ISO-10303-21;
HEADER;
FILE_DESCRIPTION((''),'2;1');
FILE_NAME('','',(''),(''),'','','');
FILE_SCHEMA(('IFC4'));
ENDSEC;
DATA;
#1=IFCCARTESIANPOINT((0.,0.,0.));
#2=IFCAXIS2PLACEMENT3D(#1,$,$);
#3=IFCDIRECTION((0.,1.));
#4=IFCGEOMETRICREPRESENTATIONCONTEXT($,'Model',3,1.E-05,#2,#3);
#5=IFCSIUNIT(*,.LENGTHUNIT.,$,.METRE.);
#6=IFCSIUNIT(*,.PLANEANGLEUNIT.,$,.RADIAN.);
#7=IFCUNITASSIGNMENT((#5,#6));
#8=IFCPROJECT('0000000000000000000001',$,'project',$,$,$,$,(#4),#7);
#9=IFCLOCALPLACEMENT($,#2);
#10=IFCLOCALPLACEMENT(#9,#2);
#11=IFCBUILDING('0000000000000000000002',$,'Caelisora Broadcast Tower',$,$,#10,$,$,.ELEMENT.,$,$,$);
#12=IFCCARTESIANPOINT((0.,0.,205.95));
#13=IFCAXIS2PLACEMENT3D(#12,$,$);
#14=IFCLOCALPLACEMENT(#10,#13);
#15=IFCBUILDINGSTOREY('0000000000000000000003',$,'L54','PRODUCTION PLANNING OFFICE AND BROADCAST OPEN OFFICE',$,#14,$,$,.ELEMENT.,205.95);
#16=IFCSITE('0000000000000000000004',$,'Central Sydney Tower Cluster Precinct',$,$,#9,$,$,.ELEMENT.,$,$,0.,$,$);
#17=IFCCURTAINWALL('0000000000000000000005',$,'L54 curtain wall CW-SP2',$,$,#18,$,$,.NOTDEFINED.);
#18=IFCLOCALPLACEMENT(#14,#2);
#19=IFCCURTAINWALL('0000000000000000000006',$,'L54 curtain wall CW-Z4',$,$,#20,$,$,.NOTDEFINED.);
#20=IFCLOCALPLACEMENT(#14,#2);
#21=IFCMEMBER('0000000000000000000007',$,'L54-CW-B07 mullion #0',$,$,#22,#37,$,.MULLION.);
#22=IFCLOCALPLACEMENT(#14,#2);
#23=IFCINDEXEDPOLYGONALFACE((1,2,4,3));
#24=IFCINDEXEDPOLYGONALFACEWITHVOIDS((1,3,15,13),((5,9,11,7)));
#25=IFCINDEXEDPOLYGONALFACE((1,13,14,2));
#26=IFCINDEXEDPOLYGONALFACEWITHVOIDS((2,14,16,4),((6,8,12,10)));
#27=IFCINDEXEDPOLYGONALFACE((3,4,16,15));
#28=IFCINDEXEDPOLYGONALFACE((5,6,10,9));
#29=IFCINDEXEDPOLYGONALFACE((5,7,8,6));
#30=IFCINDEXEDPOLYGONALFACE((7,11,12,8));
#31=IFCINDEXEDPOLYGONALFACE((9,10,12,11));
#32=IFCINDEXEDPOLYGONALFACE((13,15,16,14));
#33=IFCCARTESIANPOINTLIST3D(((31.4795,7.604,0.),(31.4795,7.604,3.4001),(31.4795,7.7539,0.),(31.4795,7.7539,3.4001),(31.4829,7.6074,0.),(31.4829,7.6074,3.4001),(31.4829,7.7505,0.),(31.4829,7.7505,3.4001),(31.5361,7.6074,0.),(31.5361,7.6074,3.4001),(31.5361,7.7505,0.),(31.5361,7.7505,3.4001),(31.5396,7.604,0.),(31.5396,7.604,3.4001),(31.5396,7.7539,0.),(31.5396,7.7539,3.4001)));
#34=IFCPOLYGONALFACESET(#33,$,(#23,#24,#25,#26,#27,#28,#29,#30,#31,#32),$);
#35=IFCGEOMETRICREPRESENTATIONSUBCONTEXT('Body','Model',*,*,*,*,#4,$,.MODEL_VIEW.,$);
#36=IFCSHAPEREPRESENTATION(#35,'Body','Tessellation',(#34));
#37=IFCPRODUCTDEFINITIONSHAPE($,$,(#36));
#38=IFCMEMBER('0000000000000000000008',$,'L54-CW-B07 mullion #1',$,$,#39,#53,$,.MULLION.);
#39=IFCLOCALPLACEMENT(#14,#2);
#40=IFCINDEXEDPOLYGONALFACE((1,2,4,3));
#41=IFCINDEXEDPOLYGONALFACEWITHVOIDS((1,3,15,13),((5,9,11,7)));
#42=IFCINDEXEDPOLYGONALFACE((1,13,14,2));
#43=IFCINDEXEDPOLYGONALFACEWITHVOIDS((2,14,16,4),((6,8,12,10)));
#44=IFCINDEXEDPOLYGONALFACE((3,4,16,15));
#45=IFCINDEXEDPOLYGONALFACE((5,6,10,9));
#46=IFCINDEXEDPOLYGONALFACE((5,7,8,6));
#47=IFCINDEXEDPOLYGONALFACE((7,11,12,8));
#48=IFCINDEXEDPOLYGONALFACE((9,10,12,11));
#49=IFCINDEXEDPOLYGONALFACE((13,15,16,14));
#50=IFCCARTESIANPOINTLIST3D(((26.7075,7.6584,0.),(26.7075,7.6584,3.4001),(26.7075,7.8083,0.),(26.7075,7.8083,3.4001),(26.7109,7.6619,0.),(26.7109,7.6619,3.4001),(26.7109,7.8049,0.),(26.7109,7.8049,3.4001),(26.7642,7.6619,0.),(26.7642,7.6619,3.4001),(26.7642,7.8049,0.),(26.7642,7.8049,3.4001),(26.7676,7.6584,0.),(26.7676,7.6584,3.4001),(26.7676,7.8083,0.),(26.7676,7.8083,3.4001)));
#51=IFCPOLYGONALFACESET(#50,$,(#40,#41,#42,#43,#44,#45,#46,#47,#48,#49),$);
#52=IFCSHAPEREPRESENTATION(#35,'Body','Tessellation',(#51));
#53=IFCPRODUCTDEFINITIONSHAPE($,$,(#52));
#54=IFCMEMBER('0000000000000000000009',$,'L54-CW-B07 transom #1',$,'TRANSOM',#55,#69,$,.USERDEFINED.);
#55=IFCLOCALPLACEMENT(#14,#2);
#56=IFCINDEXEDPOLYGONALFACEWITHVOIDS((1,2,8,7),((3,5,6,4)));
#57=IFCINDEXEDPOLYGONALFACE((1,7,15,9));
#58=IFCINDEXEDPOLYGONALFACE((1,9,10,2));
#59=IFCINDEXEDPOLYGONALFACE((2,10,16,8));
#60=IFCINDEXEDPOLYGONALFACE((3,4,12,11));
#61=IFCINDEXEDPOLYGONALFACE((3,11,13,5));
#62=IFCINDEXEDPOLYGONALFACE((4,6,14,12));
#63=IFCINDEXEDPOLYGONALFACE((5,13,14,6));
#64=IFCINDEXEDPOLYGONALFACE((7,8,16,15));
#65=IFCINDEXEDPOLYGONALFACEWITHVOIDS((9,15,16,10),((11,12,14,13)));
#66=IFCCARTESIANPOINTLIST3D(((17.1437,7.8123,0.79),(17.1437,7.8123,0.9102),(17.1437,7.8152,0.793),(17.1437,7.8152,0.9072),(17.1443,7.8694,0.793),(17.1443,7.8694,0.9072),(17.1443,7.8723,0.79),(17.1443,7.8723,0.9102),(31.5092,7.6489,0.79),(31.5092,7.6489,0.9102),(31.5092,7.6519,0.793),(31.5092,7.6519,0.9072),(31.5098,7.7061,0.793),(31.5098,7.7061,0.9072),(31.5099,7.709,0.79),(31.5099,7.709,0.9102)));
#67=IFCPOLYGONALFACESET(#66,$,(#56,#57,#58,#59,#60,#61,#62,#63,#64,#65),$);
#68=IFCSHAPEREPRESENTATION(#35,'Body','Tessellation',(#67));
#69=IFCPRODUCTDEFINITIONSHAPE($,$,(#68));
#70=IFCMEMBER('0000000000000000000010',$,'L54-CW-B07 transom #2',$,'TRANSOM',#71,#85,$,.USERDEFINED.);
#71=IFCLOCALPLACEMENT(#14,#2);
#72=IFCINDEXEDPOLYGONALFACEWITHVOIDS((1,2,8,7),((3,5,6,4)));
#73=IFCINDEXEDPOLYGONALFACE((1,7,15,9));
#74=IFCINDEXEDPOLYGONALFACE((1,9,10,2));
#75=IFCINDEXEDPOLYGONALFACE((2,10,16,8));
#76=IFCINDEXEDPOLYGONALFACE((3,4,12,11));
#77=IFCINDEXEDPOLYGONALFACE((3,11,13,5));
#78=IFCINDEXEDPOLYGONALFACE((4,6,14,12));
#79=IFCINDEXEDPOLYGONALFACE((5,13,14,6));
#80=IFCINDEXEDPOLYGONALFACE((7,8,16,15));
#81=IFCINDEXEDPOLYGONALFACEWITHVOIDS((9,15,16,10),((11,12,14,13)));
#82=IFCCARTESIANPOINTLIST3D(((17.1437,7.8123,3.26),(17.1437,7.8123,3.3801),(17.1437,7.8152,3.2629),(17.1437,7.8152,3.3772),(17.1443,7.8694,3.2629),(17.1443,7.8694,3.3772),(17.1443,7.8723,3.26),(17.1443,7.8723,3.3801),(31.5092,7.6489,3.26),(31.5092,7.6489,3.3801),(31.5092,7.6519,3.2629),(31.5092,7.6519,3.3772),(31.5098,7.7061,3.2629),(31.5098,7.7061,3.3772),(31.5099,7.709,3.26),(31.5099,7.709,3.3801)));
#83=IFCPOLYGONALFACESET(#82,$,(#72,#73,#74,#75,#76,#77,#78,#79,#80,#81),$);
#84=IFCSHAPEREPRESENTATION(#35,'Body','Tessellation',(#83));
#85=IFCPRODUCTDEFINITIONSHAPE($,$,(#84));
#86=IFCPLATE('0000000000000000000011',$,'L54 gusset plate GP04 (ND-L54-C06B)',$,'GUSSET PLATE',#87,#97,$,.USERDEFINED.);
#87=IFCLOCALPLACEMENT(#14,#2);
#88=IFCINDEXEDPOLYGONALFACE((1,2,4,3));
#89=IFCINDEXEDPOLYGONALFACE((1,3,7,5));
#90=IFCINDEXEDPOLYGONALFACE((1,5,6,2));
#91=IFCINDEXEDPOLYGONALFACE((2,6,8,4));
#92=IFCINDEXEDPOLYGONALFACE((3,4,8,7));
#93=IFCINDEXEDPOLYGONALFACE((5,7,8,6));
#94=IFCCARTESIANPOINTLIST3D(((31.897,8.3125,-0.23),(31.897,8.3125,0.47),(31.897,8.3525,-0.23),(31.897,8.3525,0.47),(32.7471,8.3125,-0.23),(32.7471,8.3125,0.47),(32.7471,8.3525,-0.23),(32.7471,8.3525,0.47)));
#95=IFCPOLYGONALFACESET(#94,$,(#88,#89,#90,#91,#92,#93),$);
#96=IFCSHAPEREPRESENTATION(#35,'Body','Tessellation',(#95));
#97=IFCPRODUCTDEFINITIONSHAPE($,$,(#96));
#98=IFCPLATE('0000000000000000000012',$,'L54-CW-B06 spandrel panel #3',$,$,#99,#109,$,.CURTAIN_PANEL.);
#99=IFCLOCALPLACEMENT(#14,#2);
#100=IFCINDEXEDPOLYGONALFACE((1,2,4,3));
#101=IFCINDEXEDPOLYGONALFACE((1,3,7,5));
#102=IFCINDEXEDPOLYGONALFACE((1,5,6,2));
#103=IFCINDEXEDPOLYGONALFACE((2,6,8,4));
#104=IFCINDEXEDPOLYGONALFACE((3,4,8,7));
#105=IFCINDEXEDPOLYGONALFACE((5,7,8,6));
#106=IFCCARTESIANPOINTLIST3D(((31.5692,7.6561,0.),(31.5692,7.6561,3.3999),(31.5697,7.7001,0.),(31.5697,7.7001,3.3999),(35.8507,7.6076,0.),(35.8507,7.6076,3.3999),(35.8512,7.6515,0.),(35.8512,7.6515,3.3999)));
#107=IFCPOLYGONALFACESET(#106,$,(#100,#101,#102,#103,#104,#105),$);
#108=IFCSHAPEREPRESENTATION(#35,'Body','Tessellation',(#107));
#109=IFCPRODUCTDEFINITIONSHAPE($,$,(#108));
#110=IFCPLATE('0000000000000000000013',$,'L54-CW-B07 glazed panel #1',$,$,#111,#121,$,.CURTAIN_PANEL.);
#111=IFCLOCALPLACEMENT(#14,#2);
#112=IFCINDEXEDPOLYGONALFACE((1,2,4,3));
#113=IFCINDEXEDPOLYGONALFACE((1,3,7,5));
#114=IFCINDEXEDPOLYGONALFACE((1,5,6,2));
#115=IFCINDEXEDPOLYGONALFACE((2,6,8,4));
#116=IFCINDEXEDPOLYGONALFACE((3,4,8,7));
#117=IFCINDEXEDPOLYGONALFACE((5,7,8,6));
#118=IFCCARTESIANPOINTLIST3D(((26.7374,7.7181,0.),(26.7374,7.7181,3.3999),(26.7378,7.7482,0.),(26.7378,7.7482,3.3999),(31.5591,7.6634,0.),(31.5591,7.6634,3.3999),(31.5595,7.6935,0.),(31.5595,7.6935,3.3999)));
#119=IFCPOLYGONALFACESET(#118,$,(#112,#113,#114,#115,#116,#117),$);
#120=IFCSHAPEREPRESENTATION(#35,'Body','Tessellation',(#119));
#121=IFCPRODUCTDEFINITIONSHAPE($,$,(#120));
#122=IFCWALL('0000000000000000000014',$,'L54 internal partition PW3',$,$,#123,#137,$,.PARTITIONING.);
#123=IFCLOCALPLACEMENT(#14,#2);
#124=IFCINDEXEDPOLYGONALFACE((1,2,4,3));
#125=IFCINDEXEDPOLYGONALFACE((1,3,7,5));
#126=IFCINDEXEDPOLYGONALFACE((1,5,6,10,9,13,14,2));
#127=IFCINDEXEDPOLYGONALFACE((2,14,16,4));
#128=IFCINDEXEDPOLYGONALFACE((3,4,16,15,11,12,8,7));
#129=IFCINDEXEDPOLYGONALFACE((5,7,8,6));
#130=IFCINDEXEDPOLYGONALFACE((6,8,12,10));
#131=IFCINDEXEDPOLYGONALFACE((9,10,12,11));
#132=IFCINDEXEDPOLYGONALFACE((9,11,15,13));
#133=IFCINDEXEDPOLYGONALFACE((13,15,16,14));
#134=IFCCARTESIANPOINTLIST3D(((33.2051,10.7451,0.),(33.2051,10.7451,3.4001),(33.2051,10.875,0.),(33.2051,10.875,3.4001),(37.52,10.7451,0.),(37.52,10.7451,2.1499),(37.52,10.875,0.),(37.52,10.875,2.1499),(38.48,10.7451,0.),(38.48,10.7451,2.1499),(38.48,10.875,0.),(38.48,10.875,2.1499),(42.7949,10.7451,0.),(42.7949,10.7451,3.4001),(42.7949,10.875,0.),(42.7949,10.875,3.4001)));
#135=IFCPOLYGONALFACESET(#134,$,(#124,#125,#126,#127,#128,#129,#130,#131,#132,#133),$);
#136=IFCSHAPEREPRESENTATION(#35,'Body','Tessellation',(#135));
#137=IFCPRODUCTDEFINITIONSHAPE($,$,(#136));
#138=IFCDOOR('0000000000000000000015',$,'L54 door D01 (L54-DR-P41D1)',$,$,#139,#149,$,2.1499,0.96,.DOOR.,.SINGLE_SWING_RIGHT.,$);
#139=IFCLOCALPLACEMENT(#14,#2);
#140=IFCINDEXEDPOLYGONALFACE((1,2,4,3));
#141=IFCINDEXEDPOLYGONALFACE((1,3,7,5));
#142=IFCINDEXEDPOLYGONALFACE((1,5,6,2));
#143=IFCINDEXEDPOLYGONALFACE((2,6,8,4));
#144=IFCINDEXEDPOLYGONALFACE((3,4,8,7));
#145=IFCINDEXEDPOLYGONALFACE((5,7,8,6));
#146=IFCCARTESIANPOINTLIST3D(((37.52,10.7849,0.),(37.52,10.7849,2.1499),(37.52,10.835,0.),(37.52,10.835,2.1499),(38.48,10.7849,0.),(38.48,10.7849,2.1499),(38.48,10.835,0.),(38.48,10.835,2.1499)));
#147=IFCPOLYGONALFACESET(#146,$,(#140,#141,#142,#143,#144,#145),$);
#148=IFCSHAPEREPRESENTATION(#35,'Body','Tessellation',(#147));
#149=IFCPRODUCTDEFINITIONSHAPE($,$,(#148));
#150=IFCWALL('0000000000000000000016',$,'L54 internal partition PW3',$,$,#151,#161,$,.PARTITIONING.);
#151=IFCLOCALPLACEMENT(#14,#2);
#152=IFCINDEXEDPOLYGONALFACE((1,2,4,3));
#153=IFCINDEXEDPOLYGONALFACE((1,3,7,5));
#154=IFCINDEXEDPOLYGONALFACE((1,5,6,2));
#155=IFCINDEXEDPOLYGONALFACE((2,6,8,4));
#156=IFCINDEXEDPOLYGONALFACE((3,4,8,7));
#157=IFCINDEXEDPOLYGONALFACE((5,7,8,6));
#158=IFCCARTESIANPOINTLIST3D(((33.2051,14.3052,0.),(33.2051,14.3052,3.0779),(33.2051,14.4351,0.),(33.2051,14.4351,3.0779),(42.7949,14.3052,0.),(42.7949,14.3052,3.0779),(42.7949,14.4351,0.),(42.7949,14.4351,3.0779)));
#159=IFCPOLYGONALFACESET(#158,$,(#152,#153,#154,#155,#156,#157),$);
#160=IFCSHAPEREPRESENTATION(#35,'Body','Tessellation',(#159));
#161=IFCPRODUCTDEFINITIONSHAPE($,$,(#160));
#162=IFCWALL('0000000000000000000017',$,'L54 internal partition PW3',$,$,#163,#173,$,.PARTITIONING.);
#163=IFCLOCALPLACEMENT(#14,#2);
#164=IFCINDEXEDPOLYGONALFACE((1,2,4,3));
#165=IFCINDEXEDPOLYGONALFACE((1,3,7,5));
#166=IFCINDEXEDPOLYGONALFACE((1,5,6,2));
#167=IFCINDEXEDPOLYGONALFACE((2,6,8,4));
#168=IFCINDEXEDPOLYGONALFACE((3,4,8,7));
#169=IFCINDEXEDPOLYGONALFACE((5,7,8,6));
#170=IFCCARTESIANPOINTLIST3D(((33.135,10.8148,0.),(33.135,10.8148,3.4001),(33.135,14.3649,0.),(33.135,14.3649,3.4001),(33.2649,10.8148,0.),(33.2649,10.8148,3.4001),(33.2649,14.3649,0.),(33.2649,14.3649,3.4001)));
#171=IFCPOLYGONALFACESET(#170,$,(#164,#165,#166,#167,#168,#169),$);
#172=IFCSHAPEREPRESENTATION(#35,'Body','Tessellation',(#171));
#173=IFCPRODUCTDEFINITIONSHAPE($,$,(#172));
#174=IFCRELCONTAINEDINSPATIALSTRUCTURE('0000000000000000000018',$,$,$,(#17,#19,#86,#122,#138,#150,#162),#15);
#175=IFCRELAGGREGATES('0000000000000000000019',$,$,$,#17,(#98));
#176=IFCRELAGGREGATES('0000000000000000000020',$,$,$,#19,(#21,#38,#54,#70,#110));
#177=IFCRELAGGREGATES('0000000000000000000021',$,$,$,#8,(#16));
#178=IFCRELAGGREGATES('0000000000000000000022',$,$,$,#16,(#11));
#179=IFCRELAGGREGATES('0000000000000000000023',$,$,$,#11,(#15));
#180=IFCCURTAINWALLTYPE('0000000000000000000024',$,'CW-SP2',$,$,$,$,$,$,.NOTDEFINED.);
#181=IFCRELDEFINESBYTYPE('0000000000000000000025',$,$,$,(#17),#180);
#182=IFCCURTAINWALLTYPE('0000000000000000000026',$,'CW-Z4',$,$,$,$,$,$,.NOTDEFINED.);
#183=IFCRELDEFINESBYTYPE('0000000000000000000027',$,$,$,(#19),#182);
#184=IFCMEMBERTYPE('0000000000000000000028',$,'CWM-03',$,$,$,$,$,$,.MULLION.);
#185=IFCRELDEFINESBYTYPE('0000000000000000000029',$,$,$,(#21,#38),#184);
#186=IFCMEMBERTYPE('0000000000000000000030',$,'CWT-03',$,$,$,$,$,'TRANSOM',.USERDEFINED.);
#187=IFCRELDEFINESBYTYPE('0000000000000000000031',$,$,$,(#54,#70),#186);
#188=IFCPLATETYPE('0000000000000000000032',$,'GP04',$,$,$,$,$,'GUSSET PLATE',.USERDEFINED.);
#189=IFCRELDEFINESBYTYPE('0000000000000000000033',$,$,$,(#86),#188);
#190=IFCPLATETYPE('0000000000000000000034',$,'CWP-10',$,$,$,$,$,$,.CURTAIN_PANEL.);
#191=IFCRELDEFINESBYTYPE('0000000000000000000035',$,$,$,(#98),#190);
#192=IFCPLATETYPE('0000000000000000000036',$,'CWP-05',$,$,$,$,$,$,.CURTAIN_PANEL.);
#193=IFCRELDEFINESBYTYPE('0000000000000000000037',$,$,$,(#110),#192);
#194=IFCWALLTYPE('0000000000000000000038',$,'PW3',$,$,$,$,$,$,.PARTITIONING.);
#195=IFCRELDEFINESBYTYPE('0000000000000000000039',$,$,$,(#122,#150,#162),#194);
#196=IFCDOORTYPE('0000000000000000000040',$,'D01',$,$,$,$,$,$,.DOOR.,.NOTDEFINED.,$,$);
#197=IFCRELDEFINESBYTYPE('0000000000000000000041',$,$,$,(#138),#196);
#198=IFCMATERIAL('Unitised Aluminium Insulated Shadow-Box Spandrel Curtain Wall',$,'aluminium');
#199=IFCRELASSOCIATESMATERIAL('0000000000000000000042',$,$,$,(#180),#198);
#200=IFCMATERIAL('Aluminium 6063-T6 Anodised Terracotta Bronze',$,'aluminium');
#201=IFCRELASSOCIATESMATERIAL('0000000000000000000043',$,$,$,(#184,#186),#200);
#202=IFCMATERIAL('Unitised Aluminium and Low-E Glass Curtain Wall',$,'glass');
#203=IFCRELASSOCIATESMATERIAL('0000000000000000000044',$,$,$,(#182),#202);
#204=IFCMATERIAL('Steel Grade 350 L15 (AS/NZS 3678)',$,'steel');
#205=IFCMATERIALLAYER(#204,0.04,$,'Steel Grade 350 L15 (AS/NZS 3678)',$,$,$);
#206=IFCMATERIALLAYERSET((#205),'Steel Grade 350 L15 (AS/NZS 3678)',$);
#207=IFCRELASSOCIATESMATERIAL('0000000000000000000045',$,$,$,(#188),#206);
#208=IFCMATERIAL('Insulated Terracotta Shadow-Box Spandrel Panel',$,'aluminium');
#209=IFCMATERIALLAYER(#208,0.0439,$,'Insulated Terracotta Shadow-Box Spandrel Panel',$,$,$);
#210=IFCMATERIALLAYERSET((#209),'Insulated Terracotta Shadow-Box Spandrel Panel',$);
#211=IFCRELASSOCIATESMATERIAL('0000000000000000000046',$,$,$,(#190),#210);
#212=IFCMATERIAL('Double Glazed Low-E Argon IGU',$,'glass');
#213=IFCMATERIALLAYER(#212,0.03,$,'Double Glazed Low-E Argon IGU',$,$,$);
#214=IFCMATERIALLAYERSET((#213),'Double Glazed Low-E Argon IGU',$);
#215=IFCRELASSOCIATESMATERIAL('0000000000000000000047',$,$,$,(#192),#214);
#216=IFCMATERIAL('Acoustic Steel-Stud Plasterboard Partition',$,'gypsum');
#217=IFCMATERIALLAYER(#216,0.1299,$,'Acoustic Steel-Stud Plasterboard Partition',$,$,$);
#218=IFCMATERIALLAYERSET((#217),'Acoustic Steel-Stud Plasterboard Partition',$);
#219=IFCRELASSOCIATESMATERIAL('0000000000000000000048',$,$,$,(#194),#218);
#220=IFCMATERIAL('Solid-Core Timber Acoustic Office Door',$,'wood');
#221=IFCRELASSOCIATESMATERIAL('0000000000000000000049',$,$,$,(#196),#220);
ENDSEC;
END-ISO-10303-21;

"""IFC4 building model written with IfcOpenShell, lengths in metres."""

from ifc_helpers import new_model, si_unit, direction, frame, frame_2d, origin, origin_2d, place, context, subcontext, project, spatial, rectangle, hollow_rectangle, extrude, source, transform, mapped, material, layer, layer_set, material_profile, profile_set, type_object, type_shapes, element, fill, aggregate, save


model = new_model("IFC4")

# Units and contexts
model_context = context("Model", 3, precision=1e-05, world=origin(), true_north=direction((0.0, 1.0)))
body_context = subcontext(model_context, "Body", "Model", "MODEL_VIEW")
ifc_project = project(units=[si_unit("LENGTHUNIT", "METRE"), si_unit("PLANEANGLEUNIT", "RADIAN")], contexts=[model_context])

# Site, building, storey
site_placement = place(None, origin())
site = spatial("IfcSite", under=ifc_project, at=site_placement, Name="Central Sydney Tower Cluster Precinct", CompositionType="ELEMENT", RefElevation=0.0)
building_placement = place(site_placement, origin())
building = spatial("IfcBuilding", under=site, at=building_placement, Name="Caelisora Broadcast Tower", CompositionType="ELEMENT")
storey_placement = place(building_placement, frame((0.0, 0.0, 205.95)))
storey = spatial("IfcBuildingStorey", under=building, at=storey_placement, Name="L54", Description="PRODUCTION PLANNING OFFICE AND BROADCAST OPEN OFFICE", CompositionType="ELEMENT", Elevation=205.95)

# Shared definitions
ifc_material_1 = material(Name="Steel Grade 350 L15 (AS/NZS 3678)", Category="steel")

# Curtain walls, members
ifc_material_2 = material(Name="Unitised Aluminium Insulated Shadow-Box Spandrel Curtain Wall", Category="aluminium")
curtain_wall_type_1 = type_object("IfcCurtainWallType", Name="CW-SP2", PredefinedType="NOTDEFINED", material=ifc_material_2)
curtain_wall_1_placement = place(storey_placement, origin())
curtain_wall_1 = element("IfcCurtainWall", 1, at=curtain_wall_1_placement, inside=storey, type_object=curtain_wall_type_1, Name="L54 curtain wall CW-SP2", PredefinedType="NOTDEFINED")
ifc_material_3 = material(Name="Aluminium 6063-T6 Anodised Terracotta Bronze", Category="aluminium")
ifc_material_profile_1 = material_profile(ifc_material_3, hollow_rectangle(XDim=0.0601, YDim=0.1499, WallThickness=0.0034, at=origin_2d()), Name="Aluminium 6063-T6 Anodised Terracotta Bronze")
ifc_profile_set_1 = profile_set([ifc_material_profile_1], Name="Aluminium 6063-T6 Anodised Terracotta Bronze")
member_type_1 = type_object("IfcMemberType", Name="CWM-03", PredefinedType="MULLION", material=ifc_profile_set_1)
shared_shape_1 = source(origin(), body_context, "Body", "SweptSolid", [
    extrude(hollow_rectangle(XDim=0.0601, YDim=0.1499, WallThickness=0.0034, at=origin_2d()), origin(), (0.0, 0.0, 1.0), 3.4001),
])
type_shapes(member_type_1, [shared_shape_1])
ifc_material_4 = material(Name="Unitised Aluminium and Low-E Glass Curtain Wall", Category="glass")
curtain_wall_type_2 = type_object("IfcCurtainWallType", Name="CW-Z4", PredefinedType="NOTDEFINED", material=ifc_material_4)
curtain_wall_2_placement = place(storey_placement, origin())
curtain_wall_2 = element("IfcCurtainWall", 2, at=curtain_wall_2_placement, inside=storey, type_object=curtain_wall_type_2, Name="L54 curtain wall CW-Z4", PredefinedType="NOTDEFINED")
member_1_placement = place(storey_placement, frame((31.5095, 7.679, 0.0), z_axis=(0.0, 0.0, 1.0), x_axis=(1.0, 0.0, 0.0)))
member_1 = element("IfcMember", 3, at=member_1_placement, type_object=member_type_1, Name="L54-CW-B07 mullion #0", PredefinedType="MULLION", context=body_context, shape_type="MappedRepresentation", body=[
    mapped(shared_shape_1, transform((0.0, 0.0, 0.0), scale=1.0)),
])
member_2_placement = place(storey_placement, frame((26.7375, 7.7334, 0.0), z_axis=(0.0, 0.0, 1.0), x_axis=(1.0, 0.0, 0.0)))
member_2 = element("IfcMember", 4, at=member_2_placement, type_object=member_type_1, Name="L54-CW-B07 mullion #1", PredefinedType="MULLION", context=body_context, shape_type="MappedRepresentation", body=[
    mapped(shared_shape_1, transform((0.0, 0.0, 0.0), scale=1.0)),
])
ifc_material_profile_2 = material_profile(ifc_material_3, hollow_rectangle(XDim=0.0601, YDim=0.1201, WallThickness=0.0029, at=origin_2d()), Name="Aluminium 6063-T6 Anodised Terracotta Bronze")
ifc_profile_set_2 = profile_set([ifc_material_profile_2], Name="Aluminium 6063-T6 Anodised Terracotta Bronze")
member_type_2 = type_object("IfcMemberType", Name="CWT-03", ElementType="TRANSOM", PredefinedType="USERDEFINED", material=ifc_profile_set_2)
shared_shape_2 = source(origin(), body_context, "Body", "SweptSolid", [
    extrude(hollow_rectangle(XDim=0.0601, YDim=0.1201, WallThickness=0.0029, at=origin_2d()), origin(), (0.0, 0.0, 1.0), 14.3665),
])
type_shapes(member_type_2, [shared_shape_2])
member_3_placement = place(storey_placement, frame((31.5095, 7.679, 0.8501), z_axis=(-0.999935, 0.011369, 0.0), x_axis=(-0.011369, -0.999935, 0.0)))
member_3 = element("IfcMember", 5, at=member_3_placement, type_object=member_type_2, Name="L54-CW-B07 transom #1", ObjectType="TRANSOM", PredefinedType="USERDEFINED", context=body_context, shape_type="MappedRepresentation", body=[
    mapped(shared_shape_2, transform((0.0, 0.0, 0.0), scale=1.0)),
])
member_4_placement = place(storey_placement, frame((31.5095, 7.679, 3.3201), z_axis=(-0.999935, 0.011369, 0.0), x_axis=(-0.011369, -0.999935, 0.0)))
member_4 = element("IfcMember", 6, at=member_4_placement, type_object=member_type_2, Name="L54-CW-B07 transom #2", ObjectType="TRANSOM", PredefinedType="USERDEFINED", context=body_context, shape_type="MappedRepresentation", body=[
    mapped(shared_shape_2, transform((0.0, 0.0, 0.0), scale=1.0)),
])

# Plates
ifc_layer_1 = layer(ifc_material_1, 0.04, Name="Steel Grade 350 L15 (AS/NZS 3678)")
ifc_layer_set_1 = layer_set([ifc_layer_1], Name="Steel Grade 350 L15 (AS/NZS 3678)")
plate_type_1 = type_object("IfcPlateType", Name="GP04", ElementType="GUSSET PLATE", PredefinedType="USERDEFINED", material=ifc_layer_set_1)
shared_shape_3 = source(origin(), body_context, "Body", "SweptSolid", [
    extrude(rectangle(XDim=0.8501, YDim=0.04, at=origin_2d()), origin(), (0.0, 0.0, 1.0), 0.7),
])
type_shapes(plate_type_1, [shared_shape_3])
plate_1_placement = place(storey_placement, frame((32.322, 8.3325, -0.23), z_axis=(0.0, 0.0, 1.0), x_axis=(1.0, 0.0, 0.0)))
element("IfcPlate", 7, at=plate_1_placement, inside=storey, type_object=plate_type_1, Name="L54 gusset plate GP04 (ND-L54-C06B)", ObjectType="GUSSET PLATE", PredefinedType="USERDEFINED", context=body_context, shape_type="MappedRepresentation", body=[
    mapped(shared_shape_3, transform((0.0, 0.0, 0.0), scale=1.0)),
])
ifc_material_5 = material(Name="Insulated Terracotta Shadow-Box Spandrel Panel", Category="aluminium")
ifc_layer_2 = layer(ifc_material_5, 0.0439, Name="Insulated Terracotta Shadow-Box Spandrel Panel")
ifc_layer_set_2 = layer_set([ifc_layer_2], Name="Insulated Terracotta Shadow-Box Spandrel Panel")
plate_type_2 = type_object("IfcPlateType", Name="CWP-10", PredefinedType="CURTAIN_PANEL", material=ifc_layer_set_2)
shared_shape_4 = source(origin(), body_context, "Body", "SweptSolid", [
    extrude(rectangle(XDim=4.2817, YDim=0.0439, at=origin_2d()), origin(), (0.0, 0.0, 1.0), 3.3999),
])
type_shapes(plate_type_2, [shared_shape_4])
plate_2_placement = place(storey_placement, frame((33.7102, 7.6538, 0.0), z_axis=(0.0, 0.0, 1.0), x_axis=(-0.999936, 0.011344, 0.0)))
plate_2 = element("IfcPlate", 8, at=plate_2_placement, type_object=plate_type_2, Name="L54-CW-B06 spandrel panel #3", PredefinedType="CURTAIN_PANEL", context=body_context, shape_type="MappedRepresentation", body=[
    mapped(shared_shape_4, transform((0.0, 0.0, 0.0), scale=1.0)),
])
aggregate(curtain_wall_1, [plate_2])
ifc_material_6 = material(Name="Double Glazed Low-E Argon IGU", Category="glass")
ifc_layer_3 = layer(ifc_material_6, 0.03, Name="Double Glazed Low-E Argon IGU")
ifc_layer_set_3 = layer_set([ifc_layer_3], Name="Double Glazed Low-E Argon IGU")
plate_type_3 = type_object("IfcPlateType", Name="CWP-05", PredefinedType="CURTAIN_PANEL", material=ifc_layer_set_3)
shared_shape_5 = source(origin(), body_context, "Body", "SweptSolid", [
    extrude(rectangle(XDim=4.822, YDim=0.03, at=origin_2d()), origin(), (0.0, 0.0, 1.0), 3.3999),
])
type_shapes(plate_type_3, [shared_shape_5])
plate_3_placement = place(storey_placement, frame((29.1484, 7.7058, 0.0), z_axis=(0.0, 0.0, 1.0), x_axis=(-0.999936, 0.011344, 0.0)))
plate_3 = element("IfcPlate", 9, at=plate_3_placement, type_object=plate_type_3, Name="L54-CW-B07 glazed panel #1", PredefinedType="CURTAIN_PANEL", context=body_context, shape_type="MappedRepresentation", body=[
    mapped(shared_shape_5, transform((0.0, 0.0, 0.0), scale=1.0)),
])
aggregate(curtain_wall_2, [member_1, member_2, member_3, member_4, plate_3])

# Wall, opening, door
ifc_material_7 = material(Name="Acoustic Steel-Stud Plasterboard Partition", Category="gypsum")
ifc_layer_4 = layer(ifc_material_7, 0.1299, Name="Acoustic Steel-Stud Plasterboard Partition")
ifc_layer_set_4 = layer_set([ifc_layer_4], Name="Acoustic Steel-Stud Plasterboard Partition")
wall_type = type_object("IfcWallType", Name="PW3", PredefinedType="PARTITIONING", material=ifc_layer_set_4)
wall_1_placement = place(storey_placement, frame((33.2051, 10.8101, 0.0), z_axis=(0.0, 0.0, 1.0), x_axis=(1.0, 0.0, 0.0)))
wall_1 = element("IfcWall", 10, at=wall_1_placement, inside=storey, type_object=wall_type, Name="L54 internal partition PW3", PredefinedType="PARTITIONING", context=body_context, shape_type="SweptSolid", body=[
    extrude(rectangle(XDim=9.5898, YDim=0.1299, at=frame_2d((4.7949, 0.0))), origin(), (0.0, 0.0, 1.0), 3.4001),
])
opening_1_placement = place(wall_1_placement, frame((4.3149, 0.0, 0.0)))
opening_1 = element("IfcOpeningElement", 11, at=opening_1_placement, cuts=wall_1, PredefinedType="OPENING", context=body_context, shape_type="SweptSolid", body=[
    extrude(rectangle(XDim=0.96, YDim=2.1499, at=frame_2d((0.48, 1.075))), frame((0.0, 0.0769, 0.0), z_axis=(0.0, -1.0, 0.0), x_axis=(1.0, 0.0, 0.0)), (0.0, 0.0, 1.0), 0.1538),
])
ifc_material_8 = material(Name="Solid-Core Timber Acoustic Office Door", Category="wood")
door_type = type_object("IfcDoorType", Name="D01", OperationType="NOTDEFINED", PredefinedType="DOOR", material=ifc_material_8)
door_1_placement = place(opening_1_placement, origin())
door_1 = element("IfcDoor", 12, at=door_1_placement, inside=storey, type_object=door_type, Name="L54 door D01 (L54-DR-P41D1)", OperationType="SINGLE_SWING_RIGHT", OverallHeight=2.1499, OverallWidth=0.96, PredefinedType="DOOR", context=body_context, shape_type="SweptSolid", body=[
    extrude(rectangle(XDim=0.96, YDim=2.1499, at=frame_2d((0.48, 1.075))), frame((0.0, 0.0249, 0.0), z_axis=(0.0, -1.0, 0.0), x_axis=(1.0, 0.0, 0.0)), (0.0, 0.0, 1.0), 0.05),
])
fill(opening_1, door_1)

# Walls
wall_2_placement = place(storey_placement, frame((33.2051, 14.3701, 0.0), z_axis=(0.0, 0.0, 1.0), x_axis=(1.0, 0.0, 0.0)))
element("IfcWall", 13, at=wall_2_placement, inside=storey, type_object=wall_type, Name="L54 internal partition PW3", PredefinedType="PARTITIONING", context=body_context, shape_type="SweptSolid", body=[
    extrude(rectangle(XDim=9.5898, YDim=0.1299, at=frame_2d((4.7949, 0.0))), origin(), (0.0, 0.0, 1.0), 3.0779),
])
wall_3_placement = place(storey_placement, frame((33.2, 10.8149, 0.0), z_axis=(0.0, 0.0, 1.0), x_axis=(0.0, 1.0, 0.0)))
element("IfcWall", 14, at=wall_3_placement, inside=storey, type_object=wall_type, Name="L54 internal partition PW3", PredefinedType="PARTITIONING", context=body_context, shape_type="SweptSolid", body=[
    extrude(rectangle(XDim=3.55, YDim=0.1299, at=frame_2d((1.7749, 0.0))), origin(), (0.0, 0.0, 1.0), 3.4001),
])

save(model, "model.ifc")
